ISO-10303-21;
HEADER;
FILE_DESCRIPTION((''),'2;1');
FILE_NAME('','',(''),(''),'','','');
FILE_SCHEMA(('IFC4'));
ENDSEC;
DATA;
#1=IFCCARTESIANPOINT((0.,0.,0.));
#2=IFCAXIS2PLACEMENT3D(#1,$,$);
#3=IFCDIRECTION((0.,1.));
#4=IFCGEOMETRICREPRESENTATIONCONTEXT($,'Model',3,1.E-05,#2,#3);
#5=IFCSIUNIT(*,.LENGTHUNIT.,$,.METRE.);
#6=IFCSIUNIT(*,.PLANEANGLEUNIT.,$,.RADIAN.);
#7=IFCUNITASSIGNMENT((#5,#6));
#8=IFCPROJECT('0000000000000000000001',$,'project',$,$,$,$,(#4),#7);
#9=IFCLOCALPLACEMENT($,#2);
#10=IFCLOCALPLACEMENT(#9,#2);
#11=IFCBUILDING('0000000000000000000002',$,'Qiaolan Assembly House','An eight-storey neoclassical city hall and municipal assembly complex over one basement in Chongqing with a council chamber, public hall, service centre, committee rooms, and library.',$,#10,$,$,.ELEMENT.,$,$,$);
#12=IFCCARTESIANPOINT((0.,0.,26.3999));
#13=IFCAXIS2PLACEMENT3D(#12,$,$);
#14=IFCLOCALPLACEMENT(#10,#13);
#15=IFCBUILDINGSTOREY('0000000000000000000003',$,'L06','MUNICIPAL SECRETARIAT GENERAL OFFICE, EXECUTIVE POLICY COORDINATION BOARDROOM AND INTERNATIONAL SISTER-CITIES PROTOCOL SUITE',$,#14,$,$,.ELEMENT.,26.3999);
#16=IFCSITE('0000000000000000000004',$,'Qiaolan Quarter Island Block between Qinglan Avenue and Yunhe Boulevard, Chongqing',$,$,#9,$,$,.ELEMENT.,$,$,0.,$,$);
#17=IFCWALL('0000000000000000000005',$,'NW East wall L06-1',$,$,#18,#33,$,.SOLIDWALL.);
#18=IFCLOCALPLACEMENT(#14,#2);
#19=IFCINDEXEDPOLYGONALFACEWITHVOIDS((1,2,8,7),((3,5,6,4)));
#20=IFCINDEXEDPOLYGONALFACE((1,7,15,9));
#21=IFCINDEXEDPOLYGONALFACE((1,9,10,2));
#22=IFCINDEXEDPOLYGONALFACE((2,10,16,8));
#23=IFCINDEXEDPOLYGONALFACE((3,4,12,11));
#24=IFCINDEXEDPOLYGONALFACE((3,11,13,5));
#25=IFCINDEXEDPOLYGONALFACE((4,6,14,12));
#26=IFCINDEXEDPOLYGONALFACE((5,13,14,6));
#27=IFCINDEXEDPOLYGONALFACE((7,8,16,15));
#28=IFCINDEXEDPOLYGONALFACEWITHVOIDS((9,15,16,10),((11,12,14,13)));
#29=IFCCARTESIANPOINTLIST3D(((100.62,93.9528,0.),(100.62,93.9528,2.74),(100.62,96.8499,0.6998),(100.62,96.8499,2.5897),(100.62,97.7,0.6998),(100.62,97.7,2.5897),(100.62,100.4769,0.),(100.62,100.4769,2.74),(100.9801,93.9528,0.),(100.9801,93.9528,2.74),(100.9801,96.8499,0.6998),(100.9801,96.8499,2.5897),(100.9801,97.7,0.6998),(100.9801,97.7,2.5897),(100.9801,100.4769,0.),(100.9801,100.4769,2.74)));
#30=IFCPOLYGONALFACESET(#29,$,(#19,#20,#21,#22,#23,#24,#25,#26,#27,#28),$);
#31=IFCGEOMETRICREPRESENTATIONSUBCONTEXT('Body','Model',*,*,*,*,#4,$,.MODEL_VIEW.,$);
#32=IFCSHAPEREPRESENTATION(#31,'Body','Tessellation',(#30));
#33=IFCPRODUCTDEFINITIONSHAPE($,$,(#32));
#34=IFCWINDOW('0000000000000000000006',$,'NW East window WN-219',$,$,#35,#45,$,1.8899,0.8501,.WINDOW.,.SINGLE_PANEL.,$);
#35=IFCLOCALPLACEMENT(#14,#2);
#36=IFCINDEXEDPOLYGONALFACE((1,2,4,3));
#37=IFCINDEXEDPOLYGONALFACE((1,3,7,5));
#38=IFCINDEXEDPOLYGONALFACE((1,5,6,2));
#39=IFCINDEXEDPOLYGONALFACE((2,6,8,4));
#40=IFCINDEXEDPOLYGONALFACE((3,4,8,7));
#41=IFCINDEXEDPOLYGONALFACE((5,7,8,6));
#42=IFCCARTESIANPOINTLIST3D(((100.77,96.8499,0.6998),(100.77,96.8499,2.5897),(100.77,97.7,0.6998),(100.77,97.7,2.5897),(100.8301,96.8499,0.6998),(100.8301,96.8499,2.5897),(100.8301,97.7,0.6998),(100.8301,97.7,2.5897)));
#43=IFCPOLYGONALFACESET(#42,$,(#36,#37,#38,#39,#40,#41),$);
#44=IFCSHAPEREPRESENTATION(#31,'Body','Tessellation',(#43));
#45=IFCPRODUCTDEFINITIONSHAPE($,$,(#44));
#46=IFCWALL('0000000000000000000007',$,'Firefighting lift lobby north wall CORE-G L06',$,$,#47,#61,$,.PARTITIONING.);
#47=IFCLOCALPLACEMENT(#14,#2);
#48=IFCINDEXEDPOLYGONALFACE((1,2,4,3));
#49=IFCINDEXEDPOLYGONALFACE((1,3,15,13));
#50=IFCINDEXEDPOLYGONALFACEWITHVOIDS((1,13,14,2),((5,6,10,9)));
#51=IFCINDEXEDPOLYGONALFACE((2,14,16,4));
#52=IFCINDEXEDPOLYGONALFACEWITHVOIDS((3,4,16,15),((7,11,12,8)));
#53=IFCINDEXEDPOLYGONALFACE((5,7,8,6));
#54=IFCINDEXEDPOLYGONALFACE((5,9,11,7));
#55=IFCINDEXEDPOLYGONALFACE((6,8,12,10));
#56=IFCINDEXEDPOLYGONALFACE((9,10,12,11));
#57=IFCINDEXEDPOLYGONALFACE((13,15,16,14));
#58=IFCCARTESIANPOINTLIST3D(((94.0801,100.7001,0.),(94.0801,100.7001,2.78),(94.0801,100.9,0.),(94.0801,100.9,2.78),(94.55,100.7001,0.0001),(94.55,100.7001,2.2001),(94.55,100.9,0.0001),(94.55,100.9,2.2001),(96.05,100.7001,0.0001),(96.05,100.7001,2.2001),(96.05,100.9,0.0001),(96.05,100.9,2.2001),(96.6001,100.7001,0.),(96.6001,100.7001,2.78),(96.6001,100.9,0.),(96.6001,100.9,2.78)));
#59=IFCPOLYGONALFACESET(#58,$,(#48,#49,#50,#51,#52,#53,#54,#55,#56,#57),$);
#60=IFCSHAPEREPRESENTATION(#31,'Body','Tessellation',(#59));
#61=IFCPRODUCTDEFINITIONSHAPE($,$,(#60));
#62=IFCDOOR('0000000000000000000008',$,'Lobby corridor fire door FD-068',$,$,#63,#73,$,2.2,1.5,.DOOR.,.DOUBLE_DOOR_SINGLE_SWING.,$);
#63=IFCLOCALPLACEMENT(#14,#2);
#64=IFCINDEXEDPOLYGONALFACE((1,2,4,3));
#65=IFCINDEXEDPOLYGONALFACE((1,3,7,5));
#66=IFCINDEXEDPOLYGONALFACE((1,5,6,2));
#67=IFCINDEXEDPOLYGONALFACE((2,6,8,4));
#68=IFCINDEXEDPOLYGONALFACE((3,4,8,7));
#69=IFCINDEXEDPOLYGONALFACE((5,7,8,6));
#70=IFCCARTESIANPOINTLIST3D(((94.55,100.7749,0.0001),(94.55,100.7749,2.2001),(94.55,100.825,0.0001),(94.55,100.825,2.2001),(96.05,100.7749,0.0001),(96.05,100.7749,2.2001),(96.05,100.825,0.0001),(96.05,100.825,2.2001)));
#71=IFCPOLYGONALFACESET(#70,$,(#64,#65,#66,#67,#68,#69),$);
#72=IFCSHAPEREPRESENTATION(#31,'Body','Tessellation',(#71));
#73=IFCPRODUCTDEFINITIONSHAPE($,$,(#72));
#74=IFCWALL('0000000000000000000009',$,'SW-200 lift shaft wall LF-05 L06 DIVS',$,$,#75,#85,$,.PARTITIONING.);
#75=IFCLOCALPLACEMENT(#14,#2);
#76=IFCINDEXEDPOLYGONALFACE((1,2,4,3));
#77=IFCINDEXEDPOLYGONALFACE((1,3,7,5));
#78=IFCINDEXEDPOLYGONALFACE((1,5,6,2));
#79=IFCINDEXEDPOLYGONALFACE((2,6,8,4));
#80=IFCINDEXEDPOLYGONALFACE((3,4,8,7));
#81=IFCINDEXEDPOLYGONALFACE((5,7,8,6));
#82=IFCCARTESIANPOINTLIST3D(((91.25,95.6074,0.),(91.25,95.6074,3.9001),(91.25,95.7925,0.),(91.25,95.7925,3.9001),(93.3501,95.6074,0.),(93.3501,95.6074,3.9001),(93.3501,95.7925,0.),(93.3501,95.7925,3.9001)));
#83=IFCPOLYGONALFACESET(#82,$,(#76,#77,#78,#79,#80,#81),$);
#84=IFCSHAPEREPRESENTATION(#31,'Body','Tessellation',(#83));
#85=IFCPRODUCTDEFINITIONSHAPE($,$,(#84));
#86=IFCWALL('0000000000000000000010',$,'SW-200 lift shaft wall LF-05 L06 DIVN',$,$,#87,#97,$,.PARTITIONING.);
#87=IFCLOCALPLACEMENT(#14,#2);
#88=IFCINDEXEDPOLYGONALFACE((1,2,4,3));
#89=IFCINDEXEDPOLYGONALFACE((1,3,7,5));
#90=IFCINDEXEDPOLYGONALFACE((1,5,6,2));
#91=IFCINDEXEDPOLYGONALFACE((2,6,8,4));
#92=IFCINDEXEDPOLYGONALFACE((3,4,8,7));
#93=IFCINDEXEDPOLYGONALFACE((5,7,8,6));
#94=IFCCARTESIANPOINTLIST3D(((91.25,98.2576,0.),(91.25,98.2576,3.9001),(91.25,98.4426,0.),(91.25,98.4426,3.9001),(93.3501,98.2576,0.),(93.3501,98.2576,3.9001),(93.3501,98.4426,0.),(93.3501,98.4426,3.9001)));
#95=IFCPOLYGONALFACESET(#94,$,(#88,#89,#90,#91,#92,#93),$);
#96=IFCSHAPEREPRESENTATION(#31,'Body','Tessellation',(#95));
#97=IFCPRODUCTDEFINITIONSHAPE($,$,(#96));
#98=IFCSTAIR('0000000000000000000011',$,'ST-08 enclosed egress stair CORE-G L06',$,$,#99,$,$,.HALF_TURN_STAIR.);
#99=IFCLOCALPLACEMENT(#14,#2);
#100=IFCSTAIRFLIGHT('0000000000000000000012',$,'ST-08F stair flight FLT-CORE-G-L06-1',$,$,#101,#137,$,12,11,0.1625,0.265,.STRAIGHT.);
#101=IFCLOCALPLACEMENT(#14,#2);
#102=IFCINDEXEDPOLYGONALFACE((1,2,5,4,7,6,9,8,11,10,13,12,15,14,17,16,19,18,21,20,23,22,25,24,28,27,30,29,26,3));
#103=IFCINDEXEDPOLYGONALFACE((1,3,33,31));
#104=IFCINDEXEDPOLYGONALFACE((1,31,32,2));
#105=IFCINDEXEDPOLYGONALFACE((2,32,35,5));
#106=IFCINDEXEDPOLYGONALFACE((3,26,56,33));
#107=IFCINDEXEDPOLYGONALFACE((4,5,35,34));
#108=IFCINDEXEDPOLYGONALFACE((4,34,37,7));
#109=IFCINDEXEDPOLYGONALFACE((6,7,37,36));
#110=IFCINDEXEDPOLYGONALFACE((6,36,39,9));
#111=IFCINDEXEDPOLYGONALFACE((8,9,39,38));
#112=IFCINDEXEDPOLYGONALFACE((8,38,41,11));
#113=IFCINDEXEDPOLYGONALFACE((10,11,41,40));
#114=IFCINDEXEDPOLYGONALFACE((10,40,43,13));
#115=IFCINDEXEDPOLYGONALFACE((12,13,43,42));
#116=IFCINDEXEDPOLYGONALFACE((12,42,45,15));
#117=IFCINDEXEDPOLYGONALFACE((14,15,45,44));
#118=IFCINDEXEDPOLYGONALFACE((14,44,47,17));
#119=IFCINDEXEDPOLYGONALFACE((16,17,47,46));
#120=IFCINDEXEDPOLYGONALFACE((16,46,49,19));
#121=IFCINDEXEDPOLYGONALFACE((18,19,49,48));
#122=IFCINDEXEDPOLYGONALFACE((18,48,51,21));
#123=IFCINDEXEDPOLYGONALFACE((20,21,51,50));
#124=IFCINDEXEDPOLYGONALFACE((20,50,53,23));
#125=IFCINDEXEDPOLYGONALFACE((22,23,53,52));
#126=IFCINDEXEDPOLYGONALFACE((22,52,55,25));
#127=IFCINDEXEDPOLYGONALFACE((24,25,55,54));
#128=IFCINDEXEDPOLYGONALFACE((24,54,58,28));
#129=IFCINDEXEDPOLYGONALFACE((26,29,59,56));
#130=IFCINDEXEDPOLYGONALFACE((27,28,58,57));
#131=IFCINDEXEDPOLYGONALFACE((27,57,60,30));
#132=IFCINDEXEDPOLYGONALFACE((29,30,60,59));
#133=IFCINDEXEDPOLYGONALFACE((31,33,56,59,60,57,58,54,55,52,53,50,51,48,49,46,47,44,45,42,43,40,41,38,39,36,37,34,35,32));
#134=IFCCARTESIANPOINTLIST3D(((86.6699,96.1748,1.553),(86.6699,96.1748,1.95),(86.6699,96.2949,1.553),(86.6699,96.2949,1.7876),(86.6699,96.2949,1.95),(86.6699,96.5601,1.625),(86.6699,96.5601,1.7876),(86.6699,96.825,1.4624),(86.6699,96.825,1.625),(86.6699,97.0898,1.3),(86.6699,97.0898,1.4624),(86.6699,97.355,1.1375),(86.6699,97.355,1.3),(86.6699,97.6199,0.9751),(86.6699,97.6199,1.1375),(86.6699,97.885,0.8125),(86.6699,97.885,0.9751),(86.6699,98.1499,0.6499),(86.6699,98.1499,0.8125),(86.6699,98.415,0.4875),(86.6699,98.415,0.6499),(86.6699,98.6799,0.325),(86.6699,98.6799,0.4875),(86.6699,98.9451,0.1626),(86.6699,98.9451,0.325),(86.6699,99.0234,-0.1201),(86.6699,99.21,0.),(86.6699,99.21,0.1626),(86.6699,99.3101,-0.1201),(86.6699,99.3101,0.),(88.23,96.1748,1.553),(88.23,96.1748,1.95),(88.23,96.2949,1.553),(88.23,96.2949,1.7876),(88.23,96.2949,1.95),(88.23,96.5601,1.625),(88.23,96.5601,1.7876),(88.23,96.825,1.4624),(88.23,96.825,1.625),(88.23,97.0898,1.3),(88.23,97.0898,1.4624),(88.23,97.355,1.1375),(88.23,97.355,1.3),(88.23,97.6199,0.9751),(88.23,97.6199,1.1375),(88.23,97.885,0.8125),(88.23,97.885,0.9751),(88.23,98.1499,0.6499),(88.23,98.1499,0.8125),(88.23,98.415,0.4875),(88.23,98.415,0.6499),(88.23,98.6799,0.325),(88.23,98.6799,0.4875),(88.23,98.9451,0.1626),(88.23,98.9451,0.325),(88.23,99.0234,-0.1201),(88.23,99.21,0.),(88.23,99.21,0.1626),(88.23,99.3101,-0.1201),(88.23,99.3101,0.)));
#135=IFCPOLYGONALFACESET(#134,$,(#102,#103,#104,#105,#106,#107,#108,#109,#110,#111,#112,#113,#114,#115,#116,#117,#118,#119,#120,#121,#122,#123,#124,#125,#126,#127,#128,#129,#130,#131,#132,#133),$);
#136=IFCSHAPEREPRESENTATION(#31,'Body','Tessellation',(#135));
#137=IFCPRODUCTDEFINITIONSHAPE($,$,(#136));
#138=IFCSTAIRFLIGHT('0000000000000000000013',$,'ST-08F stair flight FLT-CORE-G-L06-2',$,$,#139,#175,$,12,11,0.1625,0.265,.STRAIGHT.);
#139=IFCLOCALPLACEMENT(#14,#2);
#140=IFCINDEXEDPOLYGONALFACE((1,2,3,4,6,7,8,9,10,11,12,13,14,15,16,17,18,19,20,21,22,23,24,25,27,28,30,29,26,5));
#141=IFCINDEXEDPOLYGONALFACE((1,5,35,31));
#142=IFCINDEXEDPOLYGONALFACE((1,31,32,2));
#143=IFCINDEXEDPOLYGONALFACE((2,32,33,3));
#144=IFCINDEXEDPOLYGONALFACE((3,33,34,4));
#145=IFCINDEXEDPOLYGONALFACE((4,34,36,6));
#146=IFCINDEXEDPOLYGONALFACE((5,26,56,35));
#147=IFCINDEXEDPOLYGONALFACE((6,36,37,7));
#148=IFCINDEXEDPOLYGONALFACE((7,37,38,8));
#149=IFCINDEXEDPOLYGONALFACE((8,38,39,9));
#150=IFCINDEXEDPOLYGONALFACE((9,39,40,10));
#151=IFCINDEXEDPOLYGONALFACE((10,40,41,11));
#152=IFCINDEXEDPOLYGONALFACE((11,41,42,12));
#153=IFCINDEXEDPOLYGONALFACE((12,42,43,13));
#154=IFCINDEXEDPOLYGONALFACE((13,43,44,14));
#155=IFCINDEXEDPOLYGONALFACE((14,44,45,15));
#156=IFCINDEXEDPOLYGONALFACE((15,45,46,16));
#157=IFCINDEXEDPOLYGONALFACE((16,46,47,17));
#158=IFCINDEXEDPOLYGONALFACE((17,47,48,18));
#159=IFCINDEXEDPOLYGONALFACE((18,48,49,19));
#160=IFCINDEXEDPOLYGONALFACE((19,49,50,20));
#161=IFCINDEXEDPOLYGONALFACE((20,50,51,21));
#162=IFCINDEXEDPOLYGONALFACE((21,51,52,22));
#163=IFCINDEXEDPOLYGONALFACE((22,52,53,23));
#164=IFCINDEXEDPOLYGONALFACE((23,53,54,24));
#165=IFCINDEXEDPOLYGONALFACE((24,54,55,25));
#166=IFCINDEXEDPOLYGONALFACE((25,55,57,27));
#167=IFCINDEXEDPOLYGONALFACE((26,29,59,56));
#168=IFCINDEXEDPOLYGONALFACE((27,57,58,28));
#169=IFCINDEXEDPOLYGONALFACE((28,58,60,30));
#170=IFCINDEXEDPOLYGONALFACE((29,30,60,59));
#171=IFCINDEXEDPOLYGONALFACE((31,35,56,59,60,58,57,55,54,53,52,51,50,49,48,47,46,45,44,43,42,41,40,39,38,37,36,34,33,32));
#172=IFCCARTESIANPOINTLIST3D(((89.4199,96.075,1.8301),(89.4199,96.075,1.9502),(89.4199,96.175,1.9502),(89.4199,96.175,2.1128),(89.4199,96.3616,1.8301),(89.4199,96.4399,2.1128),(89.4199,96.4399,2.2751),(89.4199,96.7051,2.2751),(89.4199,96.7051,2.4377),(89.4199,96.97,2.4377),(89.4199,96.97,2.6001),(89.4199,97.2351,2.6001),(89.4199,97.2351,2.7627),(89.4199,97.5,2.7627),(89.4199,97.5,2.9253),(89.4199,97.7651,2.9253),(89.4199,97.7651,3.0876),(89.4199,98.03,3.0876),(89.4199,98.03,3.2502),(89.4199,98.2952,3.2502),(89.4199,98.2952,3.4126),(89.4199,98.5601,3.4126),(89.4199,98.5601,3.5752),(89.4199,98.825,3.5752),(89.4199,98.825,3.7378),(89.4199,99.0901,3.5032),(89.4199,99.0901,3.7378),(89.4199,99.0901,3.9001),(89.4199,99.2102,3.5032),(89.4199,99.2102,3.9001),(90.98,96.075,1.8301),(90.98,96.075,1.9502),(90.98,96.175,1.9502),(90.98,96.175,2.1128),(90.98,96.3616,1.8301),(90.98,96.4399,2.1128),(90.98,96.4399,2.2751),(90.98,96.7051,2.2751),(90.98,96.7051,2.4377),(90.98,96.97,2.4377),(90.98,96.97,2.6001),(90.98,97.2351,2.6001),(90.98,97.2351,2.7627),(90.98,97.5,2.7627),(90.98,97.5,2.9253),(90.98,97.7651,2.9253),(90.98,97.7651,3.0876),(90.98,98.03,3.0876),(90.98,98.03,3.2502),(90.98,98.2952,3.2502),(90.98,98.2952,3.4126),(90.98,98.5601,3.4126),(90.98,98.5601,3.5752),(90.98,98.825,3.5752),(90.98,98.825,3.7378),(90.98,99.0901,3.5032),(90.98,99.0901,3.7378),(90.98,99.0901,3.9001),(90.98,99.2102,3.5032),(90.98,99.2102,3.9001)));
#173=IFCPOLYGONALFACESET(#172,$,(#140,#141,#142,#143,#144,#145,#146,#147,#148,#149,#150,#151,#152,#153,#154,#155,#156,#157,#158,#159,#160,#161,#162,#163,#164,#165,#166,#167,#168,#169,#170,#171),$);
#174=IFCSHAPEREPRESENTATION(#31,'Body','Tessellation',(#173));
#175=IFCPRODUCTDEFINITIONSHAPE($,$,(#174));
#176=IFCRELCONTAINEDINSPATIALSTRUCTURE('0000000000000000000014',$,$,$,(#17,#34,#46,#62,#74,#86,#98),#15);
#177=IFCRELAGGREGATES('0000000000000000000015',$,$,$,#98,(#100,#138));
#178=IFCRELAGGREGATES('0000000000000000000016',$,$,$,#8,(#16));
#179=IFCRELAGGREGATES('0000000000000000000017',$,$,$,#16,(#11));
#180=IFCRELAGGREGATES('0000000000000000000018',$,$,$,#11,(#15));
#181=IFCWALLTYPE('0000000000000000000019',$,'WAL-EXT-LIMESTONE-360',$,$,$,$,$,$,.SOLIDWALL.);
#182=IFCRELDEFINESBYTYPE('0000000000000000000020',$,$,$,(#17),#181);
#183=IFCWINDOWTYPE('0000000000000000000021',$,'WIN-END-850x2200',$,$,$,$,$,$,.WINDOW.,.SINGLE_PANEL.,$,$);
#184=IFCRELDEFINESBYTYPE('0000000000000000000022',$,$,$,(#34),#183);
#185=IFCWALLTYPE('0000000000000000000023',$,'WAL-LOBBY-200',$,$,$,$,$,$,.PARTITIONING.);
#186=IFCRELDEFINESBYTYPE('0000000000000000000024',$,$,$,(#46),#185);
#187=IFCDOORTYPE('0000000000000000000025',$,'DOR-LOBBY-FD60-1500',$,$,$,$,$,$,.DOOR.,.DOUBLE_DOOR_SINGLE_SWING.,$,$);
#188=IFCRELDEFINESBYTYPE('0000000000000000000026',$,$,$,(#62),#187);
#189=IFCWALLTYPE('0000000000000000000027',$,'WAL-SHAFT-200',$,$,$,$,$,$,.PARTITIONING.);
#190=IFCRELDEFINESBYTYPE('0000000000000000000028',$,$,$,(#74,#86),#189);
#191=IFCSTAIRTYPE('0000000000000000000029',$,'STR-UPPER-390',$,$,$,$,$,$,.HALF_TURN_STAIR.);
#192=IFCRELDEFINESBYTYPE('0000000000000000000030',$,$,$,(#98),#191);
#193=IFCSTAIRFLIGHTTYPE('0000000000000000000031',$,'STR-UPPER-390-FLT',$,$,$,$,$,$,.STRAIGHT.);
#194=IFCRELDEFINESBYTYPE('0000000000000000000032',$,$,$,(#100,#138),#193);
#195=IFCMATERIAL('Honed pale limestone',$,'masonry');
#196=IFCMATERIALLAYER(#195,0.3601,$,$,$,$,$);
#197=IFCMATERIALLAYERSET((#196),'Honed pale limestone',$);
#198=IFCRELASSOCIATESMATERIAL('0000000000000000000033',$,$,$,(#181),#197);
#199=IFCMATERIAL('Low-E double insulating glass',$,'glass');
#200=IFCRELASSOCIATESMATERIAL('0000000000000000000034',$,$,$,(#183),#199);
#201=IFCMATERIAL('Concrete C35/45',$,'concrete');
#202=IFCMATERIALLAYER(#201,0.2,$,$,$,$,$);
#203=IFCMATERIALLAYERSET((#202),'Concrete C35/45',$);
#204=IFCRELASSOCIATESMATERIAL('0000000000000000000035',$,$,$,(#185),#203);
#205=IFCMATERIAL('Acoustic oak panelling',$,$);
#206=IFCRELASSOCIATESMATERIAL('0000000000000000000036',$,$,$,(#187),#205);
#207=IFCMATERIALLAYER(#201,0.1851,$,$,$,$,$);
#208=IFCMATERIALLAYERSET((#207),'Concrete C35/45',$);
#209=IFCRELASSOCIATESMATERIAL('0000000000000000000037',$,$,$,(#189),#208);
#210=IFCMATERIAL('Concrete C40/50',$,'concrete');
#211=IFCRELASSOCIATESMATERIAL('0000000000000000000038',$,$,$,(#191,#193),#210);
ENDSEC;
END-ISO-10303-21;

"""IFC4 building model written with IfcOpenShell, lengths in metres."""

from ifc_helpers import new_model, si_unit, direction, frame, frame_2d, origin, place, context, subcontext, project, spatial, polyline, rectangle, outline, extrude, material, layer, layer_set, type_object, element, fill, aggregate, save


model = new_model("IFC4")

# Units and contexts
model_context = context("Model", 3, precision=1e-05, world=origin(), true_north=direction((0.0, 1.0)))
body_context = subcontext(model_context, "Body", "Model", "MODEL_VIEW")
ifc_project = project(units=[si_unit("LENGTHUNIT", "METRE"), si_unit("PLANEANGLEUNIT", "RADIAN")], contexts=[model_context])

# Site, building, storey
site_placement = place(None, origin())
site = spatial("IfcSite", under=ifc_project, at=site_placement, Name="Qiaolan Quarter Island Block between Qinglan Avenue and Yunhe Boulevard, Chongqing", CompositionType="ELEMENT", RefElevation=0.0)
building_placement = place(site_placement, origin())
building = spatial("IfcBuilding", under=site, at=building_placement, Name="Qiaolan Assembly House", Description="An eight-storey neoclassical city hall and municipal assembly complex over one basement in Chongqing with a council chamber, public hall, service centre, committee rooms, and library.", CompositionType="ELEMENT")
storey_placement = place(building_placement, frame((0.0, 0.0, 26.3999)))
storey = spatial("IfcBuildingStorey", under=building, at=storey_placement, Name="L06", Description="MUNICIPAL SECRETARIAT GENERAL OFFICE, EXECUTIVE POLICY COORDINATION BOARDROOM AND INTERNATIONAL SISTER-CITIES PROTOCOL SUITE", CompositionType="ELEMENT", Elevation=26.3999)

# Shared definitions
ifc_material_1 = material(Name="Concrete C40/50", Category="concrete")

# Wall, opening, window
ifc_material_2 = material(Name="Honed pale limestone", Category="masonry")
ifc_layer_1 = layer(ifc_material_2, 0.3601)
ifc_layer_set_1 = layer_set([ifc_layer_1], Name="Honed pale limestone")
wall_type_1 = type_object("IfcWallType", Name="WAL-EXT-LIMESTONE-360", PredefinedType="SOLIDWALL", material=ifc_layer_set_1)
wall_1_placement = place(storey_placement, frame((100.8, 100.4771, 0.0), z_axis=(0.0, 0.0, 1.0), x_axis=(0.0, -1.0, 0.0)))
wall_1 = element("IfcWall", 1, at=wall_1_placement, inside=storey, type_object=wall_type_1, Name="NW East wall L06-1", PredefinedType="SOLIDWALL", context=body_context, shape_type="SweptSolid", body=[
    extrude(rectangle(XDim=6.5242, YDim=0.3601, at=frame_2d((3.2622, 0.0))), origin(), (0.0, 0.0, 1.0), 2.74),
])
opening_1_placement = place(wall_1_placement, frame((2.7771, 0.0, 0.7)))
opening_1 = element("IfcOpeningElement", 2, at=opening_1_placement, cuts=wall_1, PredefinedType="OPENING", context=body_context, shape_type="SweptSolid", body=[
    extrude(rectangle(XDim=0.8501, YDim=1.8899, at=frame_2d((0.425, 0.9448))), frame((0.0, 0.1899, 0.0), z_axis=(0.0, -1.0, 0.0), x_axis=(1.0, 0.0, 0.0)), (0.0, 0.0, 1.0), 0.3801),
])
ifc_material_3 = material(Name="Low-E double insulating glass", Category="glass")
window_type = type_object("IfcWindowType", Name="WIN-END-850x2200", PartitioningType="SINGLE_PANEL", PredefinedType="WINDOW", material=ifc_material_3)
window_placement = place(opening_1_placement, origin())
window = element("IfcWindow", 3, at=window_placement, inside=storey, type_object=window_type, Name="NW East window WN-219", OverallHeight=1.8899, OverallWidth=0.8501, PartitioningType="SINGLE_PANEL", PredefinedType="WINDOW", context=body_context, shape_type="SweptSolid", body=[
    extrude(rectangle(XDim=0.8501, YDim=1.8899, at=frame_2d((0.425, 0.9448))), frame((0.0, 0.03, 0.0), z_axis=(0.0, -1.0, 0.0), x_axis=(1.0, 0.0, 0.0)), (0.0, 0.0, 1.0), 0.0601),
])
fill(opening_1, window)

# Wall, opening, door
ifc_material_4 = material(Name="Concrete C35/45", Category="concrete")
ifc_layer_2 = layer(ifc_material_4, 0.2)
ifc_layer_set_2 = layer_set([ifc_layer_2], Name="Concrete C35/45")
wall_type_2 = type_object("IfcWallType", Name="WAL-LOBBY-200", PredefinedType="PARTITIONING", material=ifc_layer_set_2)
wall_2_placement = place(storey_placement, frame((96.6001, 100.8, 0.0), z_axis=(0.0, 0.0, 1.0), x_axis=(-1.0, 0.0, 0.0)))
wall_2 = element("IfcWall", 4, at=wall_2_placement, inside=storey, type_object=wall_type_2, Name="Firefighting lift lobby north wall CORE-G L06", PredefinedType="PARTITIONING", context=body_context, shape_type="SweptSolid", body=[
    extrude(rectangle(XDim=2.52, YDim=0.2, at=frame_2d((1.26, 0.0))), origin(), (0.0, 0.0, 1.0), 2.78),
])
opening_2_placement = place(wall_2_placement, frame((0.55, 0.0, 0.0)))
opening_2 = element("IfcOpeningElement", 5, at=opening_2_placement, cuts=wall_2, PredefinedType="OPENING", context=body_context, shape_type="SweptSolid", body=[
    extrude(rectangle(XDim=1.5, YDim=2.2, at=frame_2d((0.75, 1.1001))), frame((0.0, 0.1099, 0.0), z_axis=(0.0, -1.0, 0.0), x_axis=(1.0, 0.0, 0.0)), (0.0, 0.0, 1.0), 0.22),
])
ifc_material_5 = material(Name="Acoustic oak panelling")
door_type_1 = type_object("IfcDoorType", Name="DOR-LOBBY-FD60-1500", OperationType="DOUBLE_DOOR_SINGLE_SWING", PredefinedType="DOOR", material=ifc_material_5)
door_1_placement = place(opening_2_placement, frame((1.5, 0.0, 0.0), z_axis=(0.0, 0.0, 1.0), x_axis=(-1.0, 0.0, 0.0)))
door_1 = element("IfcDoor", 6, at=door_1_placement, inside=storey, type_object=door_type_1, Name="Lobby corridor fire door FD-068", OperationType="DOUBLE_DOOR_SINGLE_SWING", OverallHeight=2.2, OverallWidth=1.5, PredefinedType="DOOR", context=body_context, shape_type="SweptSolid", body=[
    extrude(rectangle(XDim=1.5, YDim=2.2, at=frame_2d((0.75, 1.1001))), frame((0.0, 0.0249, 0.0), z_axis=(0.0, -1.0, 0.0), x_axis=(1.0, 0.0, 0.0)), (0.0, 0.0, 1.0), 0.05),
])
fill(opening_2, door_1)

# Walls
ifc_layer_3 = layer(ifc_material_4, 0.1851)
ifc_layer_set_3 = layer_set([ifc_layer_3], Name="Concrete C35/45")
wall_type_3 = type_object("IfcWallType", Name="WAL-SHAFT-200", PredefinedType="PARTITIONING", material=ifc_layer_set_3)
for number, where, z_axis, x_axis, name in (
    (7, (91.25, 95.7, 0.0), (0.0, 0.0, 1.0), (1.0, 0.0, 0.0), "SW-200 lift shaft wall LF-05 L06 DIVS"),
    (8, (91.25, 98.3501, 0.0), (0.0, 0.0, 1.0), (1.0, 0.0, 0.0), "SW-200 lift shaft wall LF-05 L06 DIVN"),
):
    element("IfcWall", number, at=place(storey_placement, frame(where, z_axis=z_axis, x_axis=x_axis)), inside=storey, type_object=wall_type_3, Name=name, PredefinedType="PARTITIONING", context=body_context, shape_type="SweptSolid", body=[
        extrude(rectangle(XDim=2.1001, YDim=0.1851, at=frame_2d((1.05, 0.0))), origin(), (0.0, 0.0, 1.0), 3.9001),
    ])

# Stair, stair flights
stair_type = type_object("IfcStairType", Name="STR-UPPER-390", PredefinedType="HALF_TURN_STAIR", material=ifc_material_1)
stair_placement = place(storey_placement, origin())
stair = element("IfcStair", 9, at=stair_placement, inside=storey, type_object=stair_type, Name="ST-08 enclosed egress stair CORE-G L06", PredefinedType="HALF_TURN_STAIR")
stair_flight_type = type_object("IfcStairFlightType", Name="STR-UPPER-390-FLT", PredefinedType="STRAIGHT", material=ifc_material_1)
stair_flight_1_placement = place(storey_placement, frame((87.45, 99.21, 0.0), z_axis=(0.0, 0.0, 1.0), x_axis=(0.0, -1.0, 0.0)))
stair_flight_1 = element("IfcStairFlight", 10, at=stair_flight_1_placement, type_object=stair_flight_type, Name="ST-08F stair flight FLT-CORE-G-L06-1", NumberOfRisers=12, NumberOfTreads=11, PredefinedType="STRAIGHT", RiserHeight=0.1625, TreadLength=0.265, context=body_context, shape_type="SweptSolid", body=[
    extrude(outline(polyline([(-0.1001, -0.1201), (-0.1001, 0.0), (0.0, 0.0), (0.0, 0.1626), (0.2649, 0.1626), (0.2649, 0.325), (0.53, 0.325), (0.53, 0.4875), (0.7949, 0.4875), (0.7949, 0.6499), (1.0601, 0.6499), (1.0601, 0.8125), (1.325, 0.8125), (1.325, 0.9751), (1.5901, 0.9751), (1.5901, 1.1375), (1.855, 1.1375), (1.855, 1.3), (2.1201, 1.3), (2.1201, 1.4624), (2.385, 1.4624), (2.385, 1.625), (2.6499, 1.625), (2.6499, 1.7876), (2.915, 1.7876), (2.915, 1.95), (3.0352, 1.95), (3.0352, 1.553), (2.915, 1.553), (0.1865, -0.1201), (-0.1001, -0.1201)])), frame((0.0, 0.78, 0.0), z_axis=(0.0, -1.0, 0.0), x_axis=(1.0, 0.0, 0.0)), (0.0, 0.0, 1.0), 1.5601),
])
stair_flight_2_placement = place(storey_placement, frame((90.2, 96.175, 1.9502), z_axis=(0.0, 0.0, 1.0), x_axis=(0.0, 1.0, 0.0)))
stair_flight_2 = element("IfcStairFlight", 11, at=stair_flight_2_placement, type_object=stair_flight_type, Name="ST-08F stair flight FLT-CORE-G-L06-2", NumberOfRisers=12, NumberOfTreads=11, PredefinedType="STRAIGHT", RiserHeight=0.1625, TreadLength=0.265, context=body_context, shape_type="SweptSolid", body=[
    extrude(outline(polyline([(-0.1001, -0.1201), (-0.1001, 0.0), (0.0, 0.0), (0.0, 0.1626), (0.2649, 0.1626), (0.2649, 0.325), (0.53, 0.325), (0.53, 0.4875), (0.7949, 0.4875), (0.7949, 0.6499), (1.0601, 0.6499), (1.0601, 0.8125), (1.325, 0.8125), (1.325, 0.9751), (1.5901, 0.9751), (1.5901, 1.1375), (1.855, 1.1375), (1.855, 1.3), (2.1201, 1.3), (2.1201, 1.4624), (2.385, 1.4624), (2.385, 1.625), (2.6499, 1.625), (2.6499, 1.7876), (2.915, 1.7876), (2.915, 1.95), (3.0352, 1.95), (3.0352, 1.553), (2.915, 1.553), (0.1865, -0.1201), (-0.1001, -0.1201)])), frame((0.0, 0.78, 0.0), z_axis=(0.0, -1.0, 0.0), x_axis=(1.0, 0.0, 0.0)), (0.0, 0.0, 1.0), 1.5601),
])
aggregate(stair, [stair_flight_1, stair_flight_2])

save(model, "model.ifc")
